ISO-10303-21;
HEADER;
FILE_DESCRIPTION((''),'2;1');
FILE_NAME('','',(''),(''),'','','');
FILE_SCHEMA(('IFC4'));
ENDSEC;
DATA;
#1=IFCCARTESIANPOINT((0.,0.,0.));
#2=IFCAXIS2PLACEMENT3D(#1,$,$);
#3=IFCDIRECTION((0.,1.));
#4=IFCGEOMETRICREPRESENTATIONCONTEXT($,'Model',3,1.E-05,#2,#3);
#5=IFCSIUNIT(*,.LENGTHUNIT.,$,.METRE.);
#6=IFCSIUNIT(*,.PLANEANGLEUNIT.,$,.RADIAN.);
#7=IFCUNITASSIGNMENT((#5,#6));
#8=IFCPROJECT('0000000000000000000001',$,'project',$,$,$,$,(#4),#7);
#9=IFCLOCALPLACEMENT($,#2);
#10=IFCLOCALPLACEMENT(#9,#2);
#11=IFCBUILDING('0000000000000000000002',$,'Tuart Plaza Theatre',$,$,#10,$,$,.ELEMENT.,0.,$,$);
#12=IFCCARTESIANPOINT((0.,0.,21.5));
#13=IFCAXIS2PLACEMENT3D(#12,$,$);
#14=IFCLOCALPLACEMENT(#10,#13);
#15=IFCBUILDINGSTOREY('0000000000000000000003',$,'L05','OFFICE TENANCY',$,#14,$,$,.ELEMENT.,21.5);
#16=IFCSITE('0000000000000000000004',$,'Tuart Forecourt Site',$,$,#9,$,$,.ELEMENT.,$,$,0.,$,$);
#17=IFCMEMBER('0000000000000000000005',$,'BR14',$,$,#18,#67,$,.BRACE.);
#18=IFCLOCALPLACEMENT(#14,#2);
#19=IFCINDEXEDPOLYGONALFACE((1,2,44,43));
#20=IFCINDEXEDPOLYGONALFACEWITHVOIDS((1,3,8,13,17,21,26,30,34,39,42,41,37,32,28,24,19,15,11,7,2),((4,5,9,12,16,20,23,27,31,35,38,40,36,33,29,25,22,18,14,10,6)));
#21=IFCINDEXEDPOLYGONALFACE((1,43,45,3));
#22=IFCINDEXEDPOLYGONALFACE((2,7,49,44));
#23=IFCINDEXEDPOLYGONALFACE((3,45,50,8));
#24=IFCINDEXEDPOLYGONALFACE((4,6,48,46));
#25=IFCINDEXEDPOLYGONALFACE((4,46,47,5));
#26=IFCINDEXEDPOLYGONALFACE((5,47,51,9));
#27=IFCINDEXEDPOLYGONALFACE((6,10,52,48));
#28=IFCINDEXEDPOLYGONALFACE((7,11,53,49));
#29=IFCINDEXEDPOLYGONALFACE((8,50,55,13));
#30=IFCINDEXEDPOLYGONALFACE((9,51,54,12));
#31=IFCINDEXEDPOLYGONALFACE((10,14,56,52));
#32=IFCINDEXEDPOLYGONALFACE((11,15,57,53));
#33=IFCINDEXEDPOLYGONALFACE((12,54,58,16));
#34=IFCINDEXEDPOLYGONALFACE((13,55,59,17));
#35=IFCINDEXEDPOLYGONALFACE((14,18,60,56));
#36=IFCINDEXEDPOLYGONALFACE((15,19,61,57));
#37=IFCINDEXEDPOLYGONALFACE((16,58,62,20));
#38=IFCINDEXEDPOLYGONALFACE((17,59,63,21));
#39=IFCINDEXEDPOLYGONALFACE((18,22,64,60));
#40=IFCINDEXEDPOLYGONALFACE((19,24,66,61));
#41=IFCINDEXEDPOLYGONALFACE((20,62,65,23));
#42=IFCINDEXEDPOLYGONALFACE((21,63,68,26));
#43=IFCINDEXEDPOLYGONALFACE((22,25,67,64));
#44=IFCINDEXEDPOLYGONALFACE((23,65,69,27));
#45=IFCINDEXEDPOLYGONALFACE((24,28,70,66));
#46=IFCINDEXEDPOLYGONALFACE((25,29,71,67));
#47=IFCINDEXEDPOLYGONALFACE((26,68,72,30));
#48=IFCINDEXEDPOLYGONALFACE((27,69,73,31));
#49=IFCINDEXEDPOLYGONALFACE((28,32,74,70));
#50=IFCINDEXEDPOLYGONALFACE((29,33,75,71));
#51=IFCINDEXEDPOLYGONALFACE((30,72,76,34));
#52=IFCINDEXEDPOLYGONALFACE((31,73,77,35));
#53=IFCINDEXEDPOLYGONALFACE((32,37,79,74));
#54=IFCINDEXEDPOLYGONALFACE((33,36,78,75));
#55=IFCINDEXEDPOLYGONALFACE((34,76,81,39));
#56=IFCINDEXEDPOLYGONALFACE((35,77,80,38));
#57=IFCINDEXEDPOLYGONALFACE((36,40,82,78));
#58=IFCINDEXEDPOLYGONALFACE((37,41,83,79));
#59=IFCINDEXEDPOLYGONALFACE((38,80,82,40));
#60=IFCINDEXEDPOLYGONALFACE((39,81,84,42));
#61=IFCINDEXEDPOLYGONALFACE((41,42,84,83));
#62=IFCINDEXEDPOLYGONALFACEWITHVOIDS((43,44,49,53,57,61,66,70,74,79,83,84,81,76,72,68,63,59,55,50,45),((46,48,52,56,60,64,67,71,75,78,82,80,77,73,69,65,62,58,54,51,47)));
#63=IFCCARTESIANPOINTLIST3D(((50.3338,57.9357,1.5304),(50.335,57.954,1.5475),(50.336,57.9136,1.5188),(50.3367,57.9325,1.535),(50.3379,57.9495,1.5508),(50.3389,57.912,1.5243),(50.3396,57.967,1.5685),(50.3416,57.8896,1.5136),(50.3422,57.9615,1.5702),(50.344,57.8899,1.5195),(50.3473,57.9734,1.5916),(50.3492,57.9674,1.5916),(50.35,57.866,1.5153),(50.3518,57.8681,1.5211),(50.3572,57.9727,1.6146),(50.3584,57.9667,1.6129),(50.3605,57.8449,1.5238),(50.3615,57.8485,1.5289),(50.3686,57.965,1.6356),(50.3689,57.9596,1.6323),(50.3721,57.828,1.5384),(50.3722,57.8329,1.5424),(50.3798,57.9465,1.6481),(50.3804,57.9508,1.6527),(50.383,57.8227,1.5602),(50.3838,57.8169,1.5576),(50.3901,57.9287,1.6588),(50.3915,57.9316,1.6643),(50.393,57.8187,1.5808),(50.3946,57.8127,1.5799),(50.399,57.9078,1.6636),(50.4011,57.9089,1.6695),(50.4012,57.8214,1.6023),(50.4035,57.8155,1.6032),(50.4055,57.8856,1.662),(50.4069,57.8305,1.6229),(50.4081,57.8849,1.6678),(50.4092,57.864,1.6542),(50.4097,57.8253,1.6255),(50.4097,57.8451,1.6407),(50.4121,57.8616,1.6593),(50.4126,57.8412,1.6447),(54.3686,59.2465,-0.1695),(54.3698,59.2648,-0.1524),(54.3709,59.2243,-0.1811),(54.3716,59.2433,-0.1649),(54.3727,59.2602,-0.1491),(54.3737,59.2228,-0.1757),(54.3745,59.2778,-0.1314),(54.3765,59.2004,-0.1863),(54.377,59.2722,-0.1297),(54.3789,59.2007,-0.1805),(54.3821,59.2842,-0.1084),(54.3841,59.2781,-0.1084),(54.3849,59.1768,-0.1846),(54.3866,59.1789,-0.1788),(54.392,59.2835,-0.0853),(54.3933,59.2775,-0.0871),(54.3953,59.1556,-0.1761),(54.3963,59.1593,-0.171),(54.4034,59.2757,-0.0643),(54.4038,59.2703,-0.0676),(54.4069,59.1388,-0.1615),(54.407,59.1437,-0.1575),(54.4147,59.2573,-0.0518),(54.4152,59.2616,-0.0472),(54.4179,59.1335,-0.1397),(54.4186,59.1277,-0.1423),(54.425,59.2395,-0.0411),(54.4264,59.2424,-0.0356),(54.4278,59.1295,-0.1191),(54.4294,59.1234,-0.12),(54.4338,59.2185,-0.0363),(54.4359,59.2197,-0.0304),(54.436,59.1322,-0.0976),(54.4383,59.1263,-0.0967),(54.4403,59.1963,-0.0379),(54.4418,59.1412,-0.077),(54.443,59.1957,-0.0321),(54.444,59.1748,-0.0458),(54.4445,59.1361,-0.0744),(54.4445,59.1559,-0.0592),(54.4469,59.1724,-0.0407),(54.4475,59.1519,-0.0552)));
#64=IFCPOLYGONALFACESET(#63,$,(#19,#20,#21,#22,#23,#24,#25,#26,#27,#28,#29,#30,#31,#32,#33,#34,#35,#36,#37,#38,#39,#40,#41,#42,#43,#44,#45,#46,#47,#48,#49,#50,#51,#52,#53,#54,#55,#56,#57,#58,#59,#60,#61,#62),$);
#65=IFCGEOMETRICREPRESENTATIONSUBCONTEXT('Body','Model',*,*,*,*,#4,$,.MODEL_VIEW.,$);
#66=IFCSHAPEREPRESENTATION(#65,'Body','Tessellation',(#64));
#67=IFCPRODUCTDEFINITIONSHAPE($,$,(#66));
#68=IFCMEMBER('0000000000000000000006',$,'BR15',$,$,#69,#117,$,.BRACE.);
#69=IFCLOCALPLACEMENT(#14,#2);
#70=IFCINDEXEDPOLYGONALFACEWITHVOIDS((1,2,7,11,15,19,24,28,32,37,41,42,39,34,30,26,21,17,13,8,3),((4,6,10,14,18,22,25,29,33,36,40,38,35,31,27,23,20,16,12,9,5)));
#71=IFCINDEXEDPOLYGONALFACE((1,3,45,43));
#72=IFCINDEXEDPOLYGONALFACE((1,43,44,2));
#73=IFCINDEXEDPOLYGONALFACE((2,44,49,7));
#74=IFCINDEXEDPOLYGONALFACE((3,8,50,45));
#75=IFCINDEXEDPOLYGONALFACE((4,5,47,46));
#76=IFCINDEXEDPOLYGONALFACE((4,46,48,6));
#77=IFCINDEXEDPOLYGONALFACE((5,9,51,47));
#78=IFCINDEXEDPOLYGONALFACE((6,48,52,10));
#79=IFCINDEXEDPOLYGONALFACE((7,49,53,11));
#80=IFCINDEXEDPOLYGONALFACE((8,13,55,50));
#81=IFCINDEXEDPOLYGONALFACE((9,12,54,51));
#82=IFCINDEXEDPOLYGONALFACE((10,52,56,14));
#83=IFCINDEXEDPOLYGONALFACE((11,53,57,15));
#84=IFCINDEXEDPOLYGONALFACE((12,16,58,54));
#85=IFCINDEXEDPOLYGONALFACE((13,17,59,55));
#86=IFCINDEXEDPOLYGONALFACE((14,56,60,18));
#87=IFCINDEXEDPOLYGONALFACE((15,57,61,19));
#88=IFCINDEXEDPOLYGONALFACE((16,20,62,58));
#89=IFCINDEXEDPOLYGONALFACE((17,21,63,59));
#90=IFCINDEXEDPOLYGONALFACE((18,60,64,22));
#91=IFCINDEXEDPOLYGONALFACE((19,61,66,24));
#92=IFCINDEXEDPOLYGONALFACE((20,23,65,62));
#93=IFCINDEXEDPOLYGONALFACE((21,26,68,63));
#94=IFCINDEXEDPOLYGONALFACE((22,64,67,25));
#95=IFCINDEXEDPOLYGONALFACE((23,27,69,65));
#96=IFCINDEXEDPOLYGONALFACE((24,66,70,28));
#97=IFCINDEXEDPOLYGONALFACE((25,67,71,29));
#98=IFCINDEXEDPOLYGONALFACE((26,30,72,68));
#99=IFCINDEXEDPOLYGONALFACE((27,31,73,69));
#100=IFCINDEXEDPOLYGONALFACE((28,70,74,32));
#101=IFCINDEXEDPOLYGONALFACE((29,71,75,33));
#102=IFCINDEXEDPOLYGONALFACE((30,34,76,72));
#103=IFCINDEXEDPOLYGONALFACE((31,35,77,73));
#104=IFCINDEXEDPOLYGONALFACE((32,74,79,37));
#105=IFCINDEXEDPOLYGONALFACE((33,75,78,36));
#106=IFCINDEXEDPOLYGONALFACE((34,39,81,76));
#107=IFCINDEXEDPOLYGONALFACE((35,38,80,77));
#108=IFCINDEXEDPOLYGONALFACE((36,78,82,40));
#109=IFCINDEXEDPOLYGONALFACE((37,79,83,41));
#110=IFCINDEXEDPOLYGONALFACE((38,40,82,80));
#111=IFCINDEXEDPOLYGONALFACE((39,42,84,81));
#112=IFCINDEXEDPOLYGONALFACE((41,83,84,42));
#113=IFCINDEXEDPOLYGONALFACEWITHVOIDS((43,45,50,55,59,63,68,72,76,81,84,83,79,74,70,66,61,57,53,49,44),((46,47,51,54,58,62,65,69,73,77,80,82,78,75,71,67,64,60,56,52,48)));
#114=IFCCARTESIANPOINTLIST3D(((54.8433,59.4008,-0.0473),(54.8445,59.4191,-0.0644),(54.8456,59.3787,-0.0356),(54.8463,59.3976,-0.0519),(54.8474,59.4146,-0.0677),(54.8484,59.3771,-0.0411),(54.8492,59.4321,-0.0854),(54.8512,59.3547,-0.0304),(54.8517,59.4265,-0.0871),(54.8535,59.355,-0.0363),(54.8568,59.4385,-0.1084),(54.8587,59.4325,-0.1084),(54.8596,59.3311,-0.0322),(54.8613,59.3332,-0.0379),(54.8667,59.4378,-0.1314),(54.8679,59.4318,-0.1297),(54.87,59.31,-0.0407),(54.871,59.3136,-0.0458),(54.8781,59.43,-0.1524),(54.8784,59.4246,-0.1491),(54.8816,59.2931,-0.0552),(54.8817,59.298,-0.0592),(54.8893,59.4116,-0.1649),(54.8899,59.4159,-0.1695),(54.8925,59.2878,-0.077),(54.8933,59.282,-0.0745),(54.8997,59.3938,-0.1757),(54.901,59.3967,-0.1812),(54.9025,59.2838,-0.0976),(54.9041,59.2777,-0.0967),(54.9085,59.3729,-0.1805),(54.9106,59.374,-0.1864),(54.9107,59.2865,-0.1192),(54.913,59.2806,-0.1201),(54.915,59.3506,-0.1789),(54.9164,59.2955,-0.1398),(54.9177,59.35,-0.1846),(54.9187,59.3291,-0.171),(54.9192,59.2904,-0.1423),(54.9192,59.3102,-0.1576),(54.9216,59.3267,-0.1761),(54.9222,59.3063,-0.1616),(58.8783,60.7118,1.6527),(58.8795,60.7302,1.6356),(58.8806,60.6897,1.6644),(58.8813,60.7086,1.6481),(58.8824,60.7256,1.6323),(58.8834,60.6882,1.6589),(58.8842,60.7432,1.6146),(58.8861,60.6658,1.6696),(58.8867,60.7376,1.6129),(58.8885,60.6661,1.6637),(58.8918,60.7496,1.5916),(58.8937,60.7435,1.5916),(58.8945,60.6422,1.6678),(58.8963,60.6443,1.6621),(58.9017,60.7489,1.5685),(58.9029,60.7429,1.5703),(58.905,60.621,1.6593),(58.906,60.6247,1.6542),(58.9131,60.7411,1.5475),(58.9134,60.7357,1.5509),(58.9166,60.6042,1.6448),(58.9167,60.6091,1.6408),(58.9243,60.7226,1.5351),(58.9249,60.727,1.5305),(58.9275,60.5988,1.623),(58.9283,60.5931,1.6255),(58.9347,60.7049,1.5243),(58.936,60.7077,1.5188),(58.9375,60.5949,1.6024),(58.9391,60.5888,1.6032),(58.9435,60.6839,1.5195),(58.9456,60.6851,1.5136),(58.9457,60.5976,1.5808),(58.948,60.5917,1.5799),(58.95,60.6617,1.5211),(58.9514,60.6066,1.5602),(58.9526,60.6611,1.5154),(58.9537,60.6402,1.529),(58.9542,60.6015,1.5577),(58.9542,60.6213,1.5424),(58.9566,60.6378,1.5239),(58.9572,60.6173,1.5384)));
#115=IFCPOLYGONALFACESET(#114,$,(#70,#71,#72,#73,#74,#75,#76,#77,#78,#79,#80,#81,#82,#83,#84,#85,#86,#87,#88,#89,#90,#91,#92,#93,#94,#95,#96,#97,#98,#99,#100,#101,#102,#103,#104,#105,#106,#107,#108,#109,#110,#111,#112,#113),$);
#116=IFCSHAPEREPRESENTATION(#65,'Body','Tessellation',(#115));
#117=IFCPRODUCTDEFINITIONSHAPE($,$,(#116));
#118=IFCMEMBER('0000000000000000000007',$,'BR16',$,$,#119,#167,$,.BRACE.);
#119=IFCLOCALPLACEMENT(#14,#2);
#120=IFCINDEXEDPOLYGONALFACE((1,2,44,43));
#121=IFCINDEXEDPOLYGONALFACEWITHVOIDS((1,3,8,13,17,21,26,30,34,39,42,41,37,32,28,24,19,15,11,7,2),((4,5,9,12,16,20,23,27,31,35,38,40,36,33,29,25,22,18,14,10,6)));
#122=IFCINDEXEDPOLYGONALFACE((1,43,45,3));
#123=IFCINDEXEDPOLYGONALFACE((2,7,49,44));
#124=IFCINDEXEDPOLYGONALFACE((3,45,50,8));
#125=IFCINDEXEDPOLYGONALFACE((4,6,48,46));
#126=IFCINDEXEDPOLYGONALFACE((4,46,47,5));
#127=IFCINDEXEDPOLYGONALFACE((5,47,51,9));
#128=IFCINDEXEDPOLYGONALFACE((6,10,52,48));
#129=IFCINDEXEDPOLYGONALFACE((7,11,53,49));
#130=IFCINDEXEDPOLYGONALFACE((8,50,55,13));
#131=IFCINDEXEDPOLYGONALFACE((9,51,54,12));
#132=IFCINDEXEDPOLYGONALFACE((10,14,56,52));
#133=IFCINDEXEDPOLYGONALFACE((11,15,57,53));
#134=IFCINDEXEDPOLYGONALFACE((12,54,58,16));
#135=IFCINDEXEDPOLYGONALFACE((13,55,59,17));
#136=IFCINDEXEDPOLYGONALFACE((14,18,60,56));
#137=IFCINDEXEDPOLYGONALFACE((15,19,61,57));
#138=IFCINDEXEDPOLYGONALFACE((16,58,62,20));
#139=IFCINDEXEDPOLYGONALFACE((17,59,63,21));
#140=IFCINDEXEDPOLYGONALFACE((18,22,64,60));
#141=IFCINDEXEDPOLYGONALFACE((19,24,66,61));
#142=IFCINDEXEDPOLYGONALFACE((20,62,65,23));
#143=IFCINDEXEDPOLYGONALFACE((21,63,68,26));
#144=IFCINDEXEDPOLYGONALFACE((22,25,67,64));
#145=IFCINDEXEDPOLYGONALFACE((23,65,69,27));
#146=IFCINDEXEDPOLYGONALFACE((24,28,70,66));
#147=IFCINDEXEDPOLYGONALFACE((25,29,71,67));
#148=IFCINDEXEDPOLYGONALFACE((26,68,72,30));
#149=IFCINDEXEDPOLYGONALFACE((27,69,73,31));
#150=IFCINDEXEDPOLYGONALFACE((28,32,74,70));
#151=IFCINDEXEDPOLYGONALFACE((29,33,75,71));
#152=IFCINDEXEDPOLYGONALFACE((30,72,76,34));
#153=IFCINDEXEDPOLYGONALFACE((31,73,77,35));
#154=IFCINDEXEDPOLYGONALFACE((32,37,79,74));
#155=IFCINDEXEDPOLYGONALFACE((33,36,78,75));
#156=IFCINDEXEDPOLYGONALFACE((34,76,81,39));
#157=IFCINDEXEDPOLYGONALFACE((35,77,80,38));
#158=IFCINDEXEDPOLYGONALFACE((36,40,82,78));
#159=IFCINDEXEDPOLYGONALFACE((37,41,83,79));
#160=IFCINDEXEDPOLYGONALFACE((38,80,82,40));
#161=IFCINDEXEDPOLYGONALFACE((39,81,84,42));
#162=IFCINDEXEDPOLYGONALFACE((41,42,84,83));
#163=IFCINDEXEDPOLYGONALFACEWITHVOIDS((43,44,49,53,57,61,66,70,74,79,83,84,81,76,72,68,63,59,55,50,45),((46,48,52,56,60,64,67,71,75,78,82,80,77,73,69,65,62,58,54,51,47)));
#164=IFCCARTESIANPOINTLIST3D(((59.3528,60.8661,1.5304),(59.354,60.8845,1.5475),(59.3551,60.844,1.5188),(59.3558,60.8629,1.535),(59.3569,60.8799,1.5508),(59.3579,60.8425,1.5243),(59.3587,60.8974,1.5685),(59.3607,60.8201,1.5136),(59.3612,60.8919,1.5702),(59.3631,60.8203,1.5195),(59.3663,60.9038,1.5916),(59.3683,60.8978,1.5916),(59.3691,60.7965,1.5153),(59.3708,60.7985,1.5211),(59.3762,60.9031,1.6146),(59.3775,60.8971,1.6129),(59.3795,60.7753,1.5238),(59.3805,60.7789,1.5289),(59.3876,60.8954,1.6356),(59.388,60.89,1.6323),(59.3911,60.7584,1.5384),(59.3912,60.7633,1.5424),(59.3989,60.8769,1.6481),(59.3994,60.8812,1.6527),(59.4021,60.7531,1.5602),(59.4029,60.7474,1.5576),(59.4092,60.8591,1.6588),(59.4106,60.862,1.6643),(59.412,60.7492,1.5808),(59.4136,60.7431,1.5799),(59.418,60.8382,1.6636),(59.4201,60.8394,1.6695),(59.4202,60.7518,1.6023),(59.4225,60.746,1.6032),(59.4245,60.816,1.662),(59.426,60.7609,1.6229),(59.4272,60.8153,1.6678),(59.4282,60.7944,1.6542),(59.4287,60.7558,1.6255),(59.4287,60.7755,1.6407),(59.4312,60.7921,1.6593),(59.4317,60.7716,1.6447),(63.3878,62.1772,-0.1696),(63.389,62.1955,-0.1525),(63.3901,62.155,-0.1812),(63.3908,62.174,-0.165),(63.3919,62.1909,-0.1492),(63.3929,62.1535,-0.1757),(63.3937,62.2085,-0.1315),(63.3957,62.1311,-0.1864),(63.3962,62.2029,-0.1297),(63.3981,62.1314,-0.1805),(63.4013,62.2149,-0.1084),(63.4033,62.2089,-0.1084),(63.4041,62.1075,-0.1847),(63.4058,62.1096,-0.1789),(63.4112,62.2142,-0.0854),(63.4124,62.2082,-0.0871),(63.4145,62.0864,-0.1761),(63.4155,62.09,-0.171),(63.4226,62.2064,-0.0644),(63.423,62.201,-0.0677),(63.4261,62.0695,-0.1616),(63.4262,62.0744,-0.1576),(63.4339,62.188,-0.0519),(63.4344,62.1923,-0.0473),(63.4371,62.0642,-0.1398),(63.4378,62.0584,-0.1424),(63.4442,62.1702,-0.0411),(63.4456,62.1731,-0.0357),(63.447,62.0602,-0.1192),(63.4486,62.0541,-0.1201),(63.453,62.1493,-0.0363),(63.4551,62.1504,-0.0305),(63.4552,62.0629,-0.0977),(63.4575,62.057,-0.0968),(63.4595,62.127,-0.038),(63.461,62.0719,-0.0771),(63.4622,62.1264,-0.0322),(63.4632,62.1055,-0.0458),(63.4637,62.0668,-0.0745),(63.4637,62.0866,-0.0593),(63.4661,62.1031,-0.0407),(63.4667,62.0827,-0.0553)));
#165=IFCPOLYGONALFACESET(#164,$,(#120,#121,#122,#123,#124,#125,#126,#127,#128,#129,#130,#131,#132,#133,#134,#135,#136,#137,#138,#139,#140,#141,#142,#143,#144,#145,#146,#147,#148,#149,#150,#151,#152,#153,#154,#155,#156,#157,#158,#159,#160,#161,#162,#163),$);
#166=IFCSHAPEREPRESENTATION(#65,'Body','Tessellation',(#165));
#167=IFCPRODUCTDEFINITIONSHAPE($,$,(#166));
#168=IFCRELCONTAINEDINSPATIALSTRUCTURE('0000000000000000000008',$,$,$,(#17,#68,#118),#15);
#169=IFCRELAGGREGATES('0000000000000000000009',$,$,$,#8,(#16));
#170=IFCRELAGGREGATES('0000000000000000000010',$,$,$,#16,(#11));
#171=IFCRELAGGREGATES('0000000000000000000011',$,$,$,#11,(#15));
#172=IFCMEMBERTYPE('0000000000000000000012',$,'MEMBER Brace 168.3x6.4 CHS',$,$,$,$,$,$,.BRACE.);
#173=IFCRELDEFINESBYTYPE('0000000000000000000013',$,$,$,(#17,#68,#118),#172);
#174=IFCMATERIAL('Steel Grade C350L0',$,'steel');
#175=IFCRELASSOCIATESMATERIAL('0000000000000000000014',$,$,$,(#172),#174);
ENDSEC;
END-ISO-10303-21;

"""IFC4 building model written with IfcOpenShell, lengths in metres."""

from ifc_helpers import new_model, si_unit, direction, frame, origin, origin_2d, place, context, subcontext, project, spatial, hollow_circle, extrude, material, material_profile, profile_set, type_object, element, save


model = new_model("IFC4")

# Units and contexts
model_context = context("Model", 3, precision=1e-05, world=origin(), true_north=direction((0.0, 1.0)))
body_context = subcontext(model_context, "Body", "Model", "MODEL_VIEW")
ifc_project = project(units=[si_unit("LENGTHUNIT", "METRE"), si_unit("PLANEANGLEUNIT", "RADIAN")], contexts=[model_context])

# Site, building, storey
site_placement = place(None, origin())
site = spatial("IfcSite", under=ifc_project, at=site_placement, Name="Tuart Forecourt Site", CompositionType="ELEMENT", RefElevation=0.0)
building_placement = place(site_placement, origin())
building = spatial("IfcBuilding", under=site, at=building_placement, Name="Tuart Plaza Theatre", CompositionType="ELEMENT", ElevationOfRefHeight=0.0)
storey_placement = place(building_placement, frame((0.0, 0.0, 21.5)))
storey = spatial("IfcBuildingStorey", under=building, at=storey_placement, Name="L05", Description="OFFICE TENANCY", CompositionType="ELEMENT", Elevation=21.5)

# Members
ifc_material_1 = material(Name="Steel Grade C350L0", Category="steel")
ifc_material_profile_1 = material_profile(ifc_material_1, hollow_circle(Radius=0.0842, WallThickness=0.0063, at=origin_2d()), Name="168.3x6.4 CHS")
ifc_profile_set_1 = profile_set([ifc_material_profile_1], Name="Steel Grade C350L0")
member_type_1 = type_object("IfcMemberType", Name="MEMBER Brace 168.3x6.4 CHS", PredefinedType="BRACE", material=ifc_profile_set_1)
member_1_placement = place(storey_placement, frame((50.3733, 57.8933, 1.5916), z_axis=(0.882836, 0.2868, -0.371948), x_axis=(-0.308968, 0.951073, 0.0)))
element("IfcMember", 1, at=member_1_placement, inside=storey, type_object=member_type_1, Name="BR14", PredefinedType="BRACE", context=body_context, shape_type="SweptSolid", body=[
    extrude(hollow_circle(Radius=0.0842, WallThickness=0.0063, at=origin_2d()), origin(), (0.0, 0.0, 1.0), 4.5703),
])
for number, where, z_axis, x_axis, name in (
    (2, (54.8828, 59.3584, -0.1084), (0.882823, 0.286849, 0.371943), (-0.30902, 0.951056, 0.0), "BR15"),
    (3, (59.3923, 60.8237, 1.5916), (0.882823, 0.286849, -0.371943), (-0.30902, 0.951056, 0.0), "BR16"),
):
    element("IfcMember", number, at=place(storey_placement, frame(where, z_axis=z_axis, x_axis=x_axis)), inside=storey, type_object=member_type_1, Name=name, PredefinedType="BRACE", context=body_context, shape_type="SweptSolid", body=[
        extrude(hollow_circle(Radius=0.0842, WallThickness=0.0063, at=origin_2d()), origin(), (0.0, 0.0, 1.0), 4.5706),
    ])

save(model, "model.ifc")
